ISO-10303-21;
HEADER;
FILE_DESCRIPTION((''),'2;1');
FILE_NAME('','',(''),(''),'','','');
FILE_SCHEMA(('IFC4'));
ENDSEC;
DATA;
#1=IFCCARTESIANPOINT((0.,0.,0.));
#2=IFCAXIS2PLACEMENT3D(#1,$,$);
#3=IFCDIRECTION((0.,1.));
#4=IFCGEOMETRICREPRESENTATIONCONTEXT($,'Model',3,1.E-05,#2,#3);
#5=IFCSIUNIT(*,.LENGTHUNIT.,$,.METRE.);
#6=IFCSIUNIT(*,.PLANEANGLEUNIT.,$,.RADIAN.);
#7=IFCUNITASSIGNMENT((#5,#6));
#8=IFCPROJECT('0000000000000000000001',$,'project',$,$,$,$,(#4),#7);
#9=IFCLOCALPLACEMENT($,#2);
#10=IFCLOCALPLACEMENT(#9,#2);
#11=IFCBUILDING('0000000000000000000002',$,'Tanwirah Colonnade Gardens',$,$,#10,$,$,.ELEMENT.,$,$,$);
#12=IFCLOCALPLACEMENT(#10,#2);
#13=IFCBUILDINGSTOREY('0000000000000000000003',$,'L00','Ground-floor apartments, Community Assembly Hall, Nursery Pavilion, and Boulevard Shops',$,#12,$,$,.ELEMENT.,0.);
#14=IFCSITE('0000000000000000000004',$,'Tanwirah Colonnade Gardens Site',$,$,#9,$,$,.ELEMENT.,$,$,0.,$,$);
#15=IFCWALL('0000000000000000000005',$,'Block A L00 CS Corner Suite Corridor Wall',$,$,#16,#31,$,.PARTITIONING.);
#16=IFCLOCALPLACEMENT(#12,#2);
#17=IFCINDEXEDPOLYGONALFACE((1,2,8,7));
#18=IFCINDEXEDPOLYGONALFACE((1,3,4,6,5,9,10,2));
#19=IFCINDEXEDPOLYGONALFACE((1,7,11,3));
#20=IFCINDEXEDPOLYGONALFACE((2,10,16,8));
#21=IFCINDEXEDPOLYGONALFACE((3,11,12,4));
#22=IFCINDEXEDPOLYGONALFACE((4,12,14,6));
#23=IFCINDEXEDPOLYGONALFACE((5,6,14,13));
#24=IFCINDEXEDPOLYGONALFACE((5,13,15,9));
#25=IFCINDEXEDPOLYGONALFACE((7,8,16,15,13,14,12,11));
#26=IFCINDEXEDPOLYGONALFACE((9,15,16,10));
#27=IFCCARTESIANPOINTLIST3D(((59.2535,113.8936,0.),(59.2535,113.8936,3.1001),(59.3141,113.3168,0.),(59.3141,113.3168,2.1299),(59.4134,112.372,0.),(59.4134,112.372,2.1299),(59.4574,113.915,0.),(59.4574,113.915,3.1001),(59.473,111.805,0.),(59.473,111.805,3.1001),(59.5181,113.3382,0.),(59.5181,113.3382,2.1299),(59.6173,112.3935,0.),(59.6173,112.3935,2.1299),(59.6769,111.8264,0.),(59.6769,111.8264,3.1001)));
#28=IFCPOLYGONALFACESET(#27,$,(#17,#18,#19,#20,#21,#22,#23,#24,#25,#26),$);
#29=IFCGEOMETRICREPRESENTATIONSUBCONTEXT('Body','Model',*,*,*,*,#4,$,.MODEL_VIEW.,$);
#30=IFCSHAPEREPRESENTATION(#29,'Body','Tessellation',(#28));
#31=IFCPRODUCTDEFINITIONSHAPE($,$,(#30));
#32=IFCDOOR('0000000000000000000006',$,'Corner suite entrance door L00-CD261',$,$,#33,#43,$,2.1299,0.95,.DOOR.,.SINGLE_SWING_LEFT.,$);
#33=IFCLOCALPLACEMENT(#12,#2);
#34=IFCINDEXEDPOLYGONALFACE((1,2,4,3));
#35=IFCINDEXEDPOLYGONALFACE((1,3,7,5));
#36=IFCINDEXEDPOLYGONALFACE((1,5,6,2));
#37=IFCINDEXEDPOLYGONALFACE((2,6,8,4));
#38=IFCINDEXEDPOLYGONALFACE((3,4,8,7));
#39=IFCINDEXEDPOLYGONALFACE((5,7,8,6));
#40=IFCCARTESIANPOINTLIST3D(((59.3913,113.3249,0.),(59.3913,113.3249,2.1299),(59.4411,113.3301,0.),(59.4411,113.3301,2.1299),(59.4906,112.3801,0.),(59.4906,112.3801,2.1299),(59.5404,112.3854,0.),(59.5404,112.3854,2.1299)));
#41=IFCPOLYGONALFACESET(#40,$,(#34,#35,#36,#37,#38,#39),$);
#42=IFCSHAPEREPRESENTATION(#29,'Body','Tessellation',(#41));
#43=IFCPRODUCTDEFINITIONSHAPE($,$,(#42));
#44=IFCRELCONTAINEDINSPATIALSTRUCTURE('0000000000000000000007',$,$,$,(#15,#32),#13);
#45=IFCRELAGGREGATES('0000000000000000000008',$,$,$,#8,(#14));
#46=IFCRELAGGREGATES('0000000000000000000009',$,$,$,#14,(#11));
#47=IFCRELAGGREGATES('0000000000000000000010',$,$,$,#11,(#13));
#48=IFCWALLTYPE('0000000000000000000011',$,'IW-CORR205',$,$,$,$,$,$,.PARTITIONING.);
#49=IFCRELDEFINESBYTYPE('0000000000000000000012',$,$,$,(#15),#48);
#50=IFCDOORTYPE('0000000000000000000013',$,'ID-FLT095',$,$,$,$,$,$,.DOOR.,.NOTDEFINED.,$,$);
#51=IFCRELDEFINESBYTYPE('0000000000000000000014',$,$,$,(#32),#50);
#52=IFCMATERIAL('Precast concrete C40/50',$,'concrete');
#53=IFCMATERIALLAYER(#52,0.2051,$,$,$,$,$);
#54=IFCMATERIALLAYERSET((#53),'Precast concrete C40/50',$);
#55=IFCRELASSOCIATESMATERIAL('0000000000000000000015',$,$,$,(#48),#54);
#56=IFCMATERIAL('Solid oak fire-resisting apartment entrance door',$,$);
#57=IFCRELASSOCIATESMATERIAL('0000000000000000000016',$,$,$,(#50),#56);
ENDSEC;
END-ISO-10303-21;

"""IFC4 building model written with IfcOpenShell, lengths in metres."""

from ifc_helpers import new_model, si_unit, direction, frame, frame_2d, origin, place, context, subcontext, project, spatial, rectangle, extrude, material, layer, layer_set, type_object, element, fill, save


model = new_model("IFC4")

# Units and contexts
model_context = context("Model", 3, precision=1e-05, world=origin(), true_north=direction((0.0, 1.0)))
body_context = subcontext(model_context, "Body", "Model", "MODEL_VIEW")
ifc_project = project(units=[si_unit("LENGTHUNIT", "METRE"), si_unit("PLANEANGLEUNIT", "RADIAN")], contexts=[model_context])

# Site, building, storey
site_placement = place(None, origin())
site = spatial("IfcSite", under=ifc_project, at=site_placement, Name="Tanwirah Colonnade Gardens Site", CompositionType="ELEMENT", RefElevation=0.0)
building_placement = place(site_placement, origin())
building = spatial("IfcBuilding", under=site, at=building_placement, Name="Tanwirah Colonnade Gardens", CompositionType="ELEMENT")
storey_placement = place(building_placement, origin())
storey = spatial("IfcBuildingStorey", under=building, at=storey_placement, Name="L00", Description="Ground-floor apartments, Community Assembly Hall, Nursery Pavilion, and Boulevard Shops", CompositionType="ELEMENT", Elevation=0.0)

# Shared definitions
ifc_material_1 = material(Name="Precast concrete C40/50", Category="concrete")

# Wall, opening, door
ifc_layer_1 = layer(ifc_material_1, 0.2051)
ifc_layer_set_1 = layer_set([ifc_layer_1], Name="Precast concrete C40/50")
wall_type_1 = type_object("IfcWallType", Name="IW-CORR205", PredefinedType="PARTITIONING", material=ifc_layer_set_1)
wall_1_placement = place(storey_placement, frame((59.575, 111.8157, 0.0), z_axis=(0.0, 0.0, 1.0), x_axis=(-0.104509, 0.994524, 0.0)))
wall_1 = element("IfcWall", 1, at=wall_1_placement, inside=storey, type_object=wall_type_1, Name="Block A L00 CS Corner Suite Corridor Wall", PredefinedType="PARTITIONING", context=body_context, shape_type="SweptSolid", body=[
    extrude(rectangle(XDim=2.1001, YDim=0.2051, at=frame_2d((1.05, 0.0))), origin(), (0.0, 0.0, 1.0), 3.1001),
])
opening_1_placement = place(wall_1_placement, frame((0.5701, 0.0, 0.0)))
opening_1 = element("IfcOpeningElement", 2, at=opening_1_placement, cuts=wall_1, PredefinedType="OPENING", context=body_context, shape_type="SweptSolid", body=[
    extrude(rectangle(XDim=0.95, YDim=2.1299, at=frame_2d((0.4751, 1.0649))), frame((0.0, 0.1125, 0.0), z_axis=(0.0, -1.0, 0.0), x_axis=(1.0, 0.0, 0.0)), (0.0, 0.0, 1.0), 0.2251),
])
ifc_material_2 = material(Name="Solid oak fire-resisting apartment entrance door")
door_type = type_object("IfcDoorType", Name="ID-FLT095", OperationType="NOTDEFINED", PredefinedType="DOOR", material=ifc_material_2)
door_placement = place(opening_1_placement, origin())
door = element("IfcDoor", 3, at=door_placement, inside=storey, type_object=door_type, Name="Corner suite entrance door L00-CD261", OperationType="SINGLE_SWING_LEFT", OverallHeight=2.1299, OverallWidth=0.95, PredefinedType="DOOR", context=body_context, shape_type="SweptSolid", body=[
    extrude(rectangle(XDim=0.95, YDim=2.1299, at=frame_2d((0.4751, 1.0649))), frame((0.0, 0.0249, 0.0), z_axis=(0.0, -1.0, 0.0), x_axis=(1.0, 0.0, 0.0)), (0.0, 0.0, 1.0), 0.05),
])
fill(opening_1, door)

save(model, "model.ifc")
